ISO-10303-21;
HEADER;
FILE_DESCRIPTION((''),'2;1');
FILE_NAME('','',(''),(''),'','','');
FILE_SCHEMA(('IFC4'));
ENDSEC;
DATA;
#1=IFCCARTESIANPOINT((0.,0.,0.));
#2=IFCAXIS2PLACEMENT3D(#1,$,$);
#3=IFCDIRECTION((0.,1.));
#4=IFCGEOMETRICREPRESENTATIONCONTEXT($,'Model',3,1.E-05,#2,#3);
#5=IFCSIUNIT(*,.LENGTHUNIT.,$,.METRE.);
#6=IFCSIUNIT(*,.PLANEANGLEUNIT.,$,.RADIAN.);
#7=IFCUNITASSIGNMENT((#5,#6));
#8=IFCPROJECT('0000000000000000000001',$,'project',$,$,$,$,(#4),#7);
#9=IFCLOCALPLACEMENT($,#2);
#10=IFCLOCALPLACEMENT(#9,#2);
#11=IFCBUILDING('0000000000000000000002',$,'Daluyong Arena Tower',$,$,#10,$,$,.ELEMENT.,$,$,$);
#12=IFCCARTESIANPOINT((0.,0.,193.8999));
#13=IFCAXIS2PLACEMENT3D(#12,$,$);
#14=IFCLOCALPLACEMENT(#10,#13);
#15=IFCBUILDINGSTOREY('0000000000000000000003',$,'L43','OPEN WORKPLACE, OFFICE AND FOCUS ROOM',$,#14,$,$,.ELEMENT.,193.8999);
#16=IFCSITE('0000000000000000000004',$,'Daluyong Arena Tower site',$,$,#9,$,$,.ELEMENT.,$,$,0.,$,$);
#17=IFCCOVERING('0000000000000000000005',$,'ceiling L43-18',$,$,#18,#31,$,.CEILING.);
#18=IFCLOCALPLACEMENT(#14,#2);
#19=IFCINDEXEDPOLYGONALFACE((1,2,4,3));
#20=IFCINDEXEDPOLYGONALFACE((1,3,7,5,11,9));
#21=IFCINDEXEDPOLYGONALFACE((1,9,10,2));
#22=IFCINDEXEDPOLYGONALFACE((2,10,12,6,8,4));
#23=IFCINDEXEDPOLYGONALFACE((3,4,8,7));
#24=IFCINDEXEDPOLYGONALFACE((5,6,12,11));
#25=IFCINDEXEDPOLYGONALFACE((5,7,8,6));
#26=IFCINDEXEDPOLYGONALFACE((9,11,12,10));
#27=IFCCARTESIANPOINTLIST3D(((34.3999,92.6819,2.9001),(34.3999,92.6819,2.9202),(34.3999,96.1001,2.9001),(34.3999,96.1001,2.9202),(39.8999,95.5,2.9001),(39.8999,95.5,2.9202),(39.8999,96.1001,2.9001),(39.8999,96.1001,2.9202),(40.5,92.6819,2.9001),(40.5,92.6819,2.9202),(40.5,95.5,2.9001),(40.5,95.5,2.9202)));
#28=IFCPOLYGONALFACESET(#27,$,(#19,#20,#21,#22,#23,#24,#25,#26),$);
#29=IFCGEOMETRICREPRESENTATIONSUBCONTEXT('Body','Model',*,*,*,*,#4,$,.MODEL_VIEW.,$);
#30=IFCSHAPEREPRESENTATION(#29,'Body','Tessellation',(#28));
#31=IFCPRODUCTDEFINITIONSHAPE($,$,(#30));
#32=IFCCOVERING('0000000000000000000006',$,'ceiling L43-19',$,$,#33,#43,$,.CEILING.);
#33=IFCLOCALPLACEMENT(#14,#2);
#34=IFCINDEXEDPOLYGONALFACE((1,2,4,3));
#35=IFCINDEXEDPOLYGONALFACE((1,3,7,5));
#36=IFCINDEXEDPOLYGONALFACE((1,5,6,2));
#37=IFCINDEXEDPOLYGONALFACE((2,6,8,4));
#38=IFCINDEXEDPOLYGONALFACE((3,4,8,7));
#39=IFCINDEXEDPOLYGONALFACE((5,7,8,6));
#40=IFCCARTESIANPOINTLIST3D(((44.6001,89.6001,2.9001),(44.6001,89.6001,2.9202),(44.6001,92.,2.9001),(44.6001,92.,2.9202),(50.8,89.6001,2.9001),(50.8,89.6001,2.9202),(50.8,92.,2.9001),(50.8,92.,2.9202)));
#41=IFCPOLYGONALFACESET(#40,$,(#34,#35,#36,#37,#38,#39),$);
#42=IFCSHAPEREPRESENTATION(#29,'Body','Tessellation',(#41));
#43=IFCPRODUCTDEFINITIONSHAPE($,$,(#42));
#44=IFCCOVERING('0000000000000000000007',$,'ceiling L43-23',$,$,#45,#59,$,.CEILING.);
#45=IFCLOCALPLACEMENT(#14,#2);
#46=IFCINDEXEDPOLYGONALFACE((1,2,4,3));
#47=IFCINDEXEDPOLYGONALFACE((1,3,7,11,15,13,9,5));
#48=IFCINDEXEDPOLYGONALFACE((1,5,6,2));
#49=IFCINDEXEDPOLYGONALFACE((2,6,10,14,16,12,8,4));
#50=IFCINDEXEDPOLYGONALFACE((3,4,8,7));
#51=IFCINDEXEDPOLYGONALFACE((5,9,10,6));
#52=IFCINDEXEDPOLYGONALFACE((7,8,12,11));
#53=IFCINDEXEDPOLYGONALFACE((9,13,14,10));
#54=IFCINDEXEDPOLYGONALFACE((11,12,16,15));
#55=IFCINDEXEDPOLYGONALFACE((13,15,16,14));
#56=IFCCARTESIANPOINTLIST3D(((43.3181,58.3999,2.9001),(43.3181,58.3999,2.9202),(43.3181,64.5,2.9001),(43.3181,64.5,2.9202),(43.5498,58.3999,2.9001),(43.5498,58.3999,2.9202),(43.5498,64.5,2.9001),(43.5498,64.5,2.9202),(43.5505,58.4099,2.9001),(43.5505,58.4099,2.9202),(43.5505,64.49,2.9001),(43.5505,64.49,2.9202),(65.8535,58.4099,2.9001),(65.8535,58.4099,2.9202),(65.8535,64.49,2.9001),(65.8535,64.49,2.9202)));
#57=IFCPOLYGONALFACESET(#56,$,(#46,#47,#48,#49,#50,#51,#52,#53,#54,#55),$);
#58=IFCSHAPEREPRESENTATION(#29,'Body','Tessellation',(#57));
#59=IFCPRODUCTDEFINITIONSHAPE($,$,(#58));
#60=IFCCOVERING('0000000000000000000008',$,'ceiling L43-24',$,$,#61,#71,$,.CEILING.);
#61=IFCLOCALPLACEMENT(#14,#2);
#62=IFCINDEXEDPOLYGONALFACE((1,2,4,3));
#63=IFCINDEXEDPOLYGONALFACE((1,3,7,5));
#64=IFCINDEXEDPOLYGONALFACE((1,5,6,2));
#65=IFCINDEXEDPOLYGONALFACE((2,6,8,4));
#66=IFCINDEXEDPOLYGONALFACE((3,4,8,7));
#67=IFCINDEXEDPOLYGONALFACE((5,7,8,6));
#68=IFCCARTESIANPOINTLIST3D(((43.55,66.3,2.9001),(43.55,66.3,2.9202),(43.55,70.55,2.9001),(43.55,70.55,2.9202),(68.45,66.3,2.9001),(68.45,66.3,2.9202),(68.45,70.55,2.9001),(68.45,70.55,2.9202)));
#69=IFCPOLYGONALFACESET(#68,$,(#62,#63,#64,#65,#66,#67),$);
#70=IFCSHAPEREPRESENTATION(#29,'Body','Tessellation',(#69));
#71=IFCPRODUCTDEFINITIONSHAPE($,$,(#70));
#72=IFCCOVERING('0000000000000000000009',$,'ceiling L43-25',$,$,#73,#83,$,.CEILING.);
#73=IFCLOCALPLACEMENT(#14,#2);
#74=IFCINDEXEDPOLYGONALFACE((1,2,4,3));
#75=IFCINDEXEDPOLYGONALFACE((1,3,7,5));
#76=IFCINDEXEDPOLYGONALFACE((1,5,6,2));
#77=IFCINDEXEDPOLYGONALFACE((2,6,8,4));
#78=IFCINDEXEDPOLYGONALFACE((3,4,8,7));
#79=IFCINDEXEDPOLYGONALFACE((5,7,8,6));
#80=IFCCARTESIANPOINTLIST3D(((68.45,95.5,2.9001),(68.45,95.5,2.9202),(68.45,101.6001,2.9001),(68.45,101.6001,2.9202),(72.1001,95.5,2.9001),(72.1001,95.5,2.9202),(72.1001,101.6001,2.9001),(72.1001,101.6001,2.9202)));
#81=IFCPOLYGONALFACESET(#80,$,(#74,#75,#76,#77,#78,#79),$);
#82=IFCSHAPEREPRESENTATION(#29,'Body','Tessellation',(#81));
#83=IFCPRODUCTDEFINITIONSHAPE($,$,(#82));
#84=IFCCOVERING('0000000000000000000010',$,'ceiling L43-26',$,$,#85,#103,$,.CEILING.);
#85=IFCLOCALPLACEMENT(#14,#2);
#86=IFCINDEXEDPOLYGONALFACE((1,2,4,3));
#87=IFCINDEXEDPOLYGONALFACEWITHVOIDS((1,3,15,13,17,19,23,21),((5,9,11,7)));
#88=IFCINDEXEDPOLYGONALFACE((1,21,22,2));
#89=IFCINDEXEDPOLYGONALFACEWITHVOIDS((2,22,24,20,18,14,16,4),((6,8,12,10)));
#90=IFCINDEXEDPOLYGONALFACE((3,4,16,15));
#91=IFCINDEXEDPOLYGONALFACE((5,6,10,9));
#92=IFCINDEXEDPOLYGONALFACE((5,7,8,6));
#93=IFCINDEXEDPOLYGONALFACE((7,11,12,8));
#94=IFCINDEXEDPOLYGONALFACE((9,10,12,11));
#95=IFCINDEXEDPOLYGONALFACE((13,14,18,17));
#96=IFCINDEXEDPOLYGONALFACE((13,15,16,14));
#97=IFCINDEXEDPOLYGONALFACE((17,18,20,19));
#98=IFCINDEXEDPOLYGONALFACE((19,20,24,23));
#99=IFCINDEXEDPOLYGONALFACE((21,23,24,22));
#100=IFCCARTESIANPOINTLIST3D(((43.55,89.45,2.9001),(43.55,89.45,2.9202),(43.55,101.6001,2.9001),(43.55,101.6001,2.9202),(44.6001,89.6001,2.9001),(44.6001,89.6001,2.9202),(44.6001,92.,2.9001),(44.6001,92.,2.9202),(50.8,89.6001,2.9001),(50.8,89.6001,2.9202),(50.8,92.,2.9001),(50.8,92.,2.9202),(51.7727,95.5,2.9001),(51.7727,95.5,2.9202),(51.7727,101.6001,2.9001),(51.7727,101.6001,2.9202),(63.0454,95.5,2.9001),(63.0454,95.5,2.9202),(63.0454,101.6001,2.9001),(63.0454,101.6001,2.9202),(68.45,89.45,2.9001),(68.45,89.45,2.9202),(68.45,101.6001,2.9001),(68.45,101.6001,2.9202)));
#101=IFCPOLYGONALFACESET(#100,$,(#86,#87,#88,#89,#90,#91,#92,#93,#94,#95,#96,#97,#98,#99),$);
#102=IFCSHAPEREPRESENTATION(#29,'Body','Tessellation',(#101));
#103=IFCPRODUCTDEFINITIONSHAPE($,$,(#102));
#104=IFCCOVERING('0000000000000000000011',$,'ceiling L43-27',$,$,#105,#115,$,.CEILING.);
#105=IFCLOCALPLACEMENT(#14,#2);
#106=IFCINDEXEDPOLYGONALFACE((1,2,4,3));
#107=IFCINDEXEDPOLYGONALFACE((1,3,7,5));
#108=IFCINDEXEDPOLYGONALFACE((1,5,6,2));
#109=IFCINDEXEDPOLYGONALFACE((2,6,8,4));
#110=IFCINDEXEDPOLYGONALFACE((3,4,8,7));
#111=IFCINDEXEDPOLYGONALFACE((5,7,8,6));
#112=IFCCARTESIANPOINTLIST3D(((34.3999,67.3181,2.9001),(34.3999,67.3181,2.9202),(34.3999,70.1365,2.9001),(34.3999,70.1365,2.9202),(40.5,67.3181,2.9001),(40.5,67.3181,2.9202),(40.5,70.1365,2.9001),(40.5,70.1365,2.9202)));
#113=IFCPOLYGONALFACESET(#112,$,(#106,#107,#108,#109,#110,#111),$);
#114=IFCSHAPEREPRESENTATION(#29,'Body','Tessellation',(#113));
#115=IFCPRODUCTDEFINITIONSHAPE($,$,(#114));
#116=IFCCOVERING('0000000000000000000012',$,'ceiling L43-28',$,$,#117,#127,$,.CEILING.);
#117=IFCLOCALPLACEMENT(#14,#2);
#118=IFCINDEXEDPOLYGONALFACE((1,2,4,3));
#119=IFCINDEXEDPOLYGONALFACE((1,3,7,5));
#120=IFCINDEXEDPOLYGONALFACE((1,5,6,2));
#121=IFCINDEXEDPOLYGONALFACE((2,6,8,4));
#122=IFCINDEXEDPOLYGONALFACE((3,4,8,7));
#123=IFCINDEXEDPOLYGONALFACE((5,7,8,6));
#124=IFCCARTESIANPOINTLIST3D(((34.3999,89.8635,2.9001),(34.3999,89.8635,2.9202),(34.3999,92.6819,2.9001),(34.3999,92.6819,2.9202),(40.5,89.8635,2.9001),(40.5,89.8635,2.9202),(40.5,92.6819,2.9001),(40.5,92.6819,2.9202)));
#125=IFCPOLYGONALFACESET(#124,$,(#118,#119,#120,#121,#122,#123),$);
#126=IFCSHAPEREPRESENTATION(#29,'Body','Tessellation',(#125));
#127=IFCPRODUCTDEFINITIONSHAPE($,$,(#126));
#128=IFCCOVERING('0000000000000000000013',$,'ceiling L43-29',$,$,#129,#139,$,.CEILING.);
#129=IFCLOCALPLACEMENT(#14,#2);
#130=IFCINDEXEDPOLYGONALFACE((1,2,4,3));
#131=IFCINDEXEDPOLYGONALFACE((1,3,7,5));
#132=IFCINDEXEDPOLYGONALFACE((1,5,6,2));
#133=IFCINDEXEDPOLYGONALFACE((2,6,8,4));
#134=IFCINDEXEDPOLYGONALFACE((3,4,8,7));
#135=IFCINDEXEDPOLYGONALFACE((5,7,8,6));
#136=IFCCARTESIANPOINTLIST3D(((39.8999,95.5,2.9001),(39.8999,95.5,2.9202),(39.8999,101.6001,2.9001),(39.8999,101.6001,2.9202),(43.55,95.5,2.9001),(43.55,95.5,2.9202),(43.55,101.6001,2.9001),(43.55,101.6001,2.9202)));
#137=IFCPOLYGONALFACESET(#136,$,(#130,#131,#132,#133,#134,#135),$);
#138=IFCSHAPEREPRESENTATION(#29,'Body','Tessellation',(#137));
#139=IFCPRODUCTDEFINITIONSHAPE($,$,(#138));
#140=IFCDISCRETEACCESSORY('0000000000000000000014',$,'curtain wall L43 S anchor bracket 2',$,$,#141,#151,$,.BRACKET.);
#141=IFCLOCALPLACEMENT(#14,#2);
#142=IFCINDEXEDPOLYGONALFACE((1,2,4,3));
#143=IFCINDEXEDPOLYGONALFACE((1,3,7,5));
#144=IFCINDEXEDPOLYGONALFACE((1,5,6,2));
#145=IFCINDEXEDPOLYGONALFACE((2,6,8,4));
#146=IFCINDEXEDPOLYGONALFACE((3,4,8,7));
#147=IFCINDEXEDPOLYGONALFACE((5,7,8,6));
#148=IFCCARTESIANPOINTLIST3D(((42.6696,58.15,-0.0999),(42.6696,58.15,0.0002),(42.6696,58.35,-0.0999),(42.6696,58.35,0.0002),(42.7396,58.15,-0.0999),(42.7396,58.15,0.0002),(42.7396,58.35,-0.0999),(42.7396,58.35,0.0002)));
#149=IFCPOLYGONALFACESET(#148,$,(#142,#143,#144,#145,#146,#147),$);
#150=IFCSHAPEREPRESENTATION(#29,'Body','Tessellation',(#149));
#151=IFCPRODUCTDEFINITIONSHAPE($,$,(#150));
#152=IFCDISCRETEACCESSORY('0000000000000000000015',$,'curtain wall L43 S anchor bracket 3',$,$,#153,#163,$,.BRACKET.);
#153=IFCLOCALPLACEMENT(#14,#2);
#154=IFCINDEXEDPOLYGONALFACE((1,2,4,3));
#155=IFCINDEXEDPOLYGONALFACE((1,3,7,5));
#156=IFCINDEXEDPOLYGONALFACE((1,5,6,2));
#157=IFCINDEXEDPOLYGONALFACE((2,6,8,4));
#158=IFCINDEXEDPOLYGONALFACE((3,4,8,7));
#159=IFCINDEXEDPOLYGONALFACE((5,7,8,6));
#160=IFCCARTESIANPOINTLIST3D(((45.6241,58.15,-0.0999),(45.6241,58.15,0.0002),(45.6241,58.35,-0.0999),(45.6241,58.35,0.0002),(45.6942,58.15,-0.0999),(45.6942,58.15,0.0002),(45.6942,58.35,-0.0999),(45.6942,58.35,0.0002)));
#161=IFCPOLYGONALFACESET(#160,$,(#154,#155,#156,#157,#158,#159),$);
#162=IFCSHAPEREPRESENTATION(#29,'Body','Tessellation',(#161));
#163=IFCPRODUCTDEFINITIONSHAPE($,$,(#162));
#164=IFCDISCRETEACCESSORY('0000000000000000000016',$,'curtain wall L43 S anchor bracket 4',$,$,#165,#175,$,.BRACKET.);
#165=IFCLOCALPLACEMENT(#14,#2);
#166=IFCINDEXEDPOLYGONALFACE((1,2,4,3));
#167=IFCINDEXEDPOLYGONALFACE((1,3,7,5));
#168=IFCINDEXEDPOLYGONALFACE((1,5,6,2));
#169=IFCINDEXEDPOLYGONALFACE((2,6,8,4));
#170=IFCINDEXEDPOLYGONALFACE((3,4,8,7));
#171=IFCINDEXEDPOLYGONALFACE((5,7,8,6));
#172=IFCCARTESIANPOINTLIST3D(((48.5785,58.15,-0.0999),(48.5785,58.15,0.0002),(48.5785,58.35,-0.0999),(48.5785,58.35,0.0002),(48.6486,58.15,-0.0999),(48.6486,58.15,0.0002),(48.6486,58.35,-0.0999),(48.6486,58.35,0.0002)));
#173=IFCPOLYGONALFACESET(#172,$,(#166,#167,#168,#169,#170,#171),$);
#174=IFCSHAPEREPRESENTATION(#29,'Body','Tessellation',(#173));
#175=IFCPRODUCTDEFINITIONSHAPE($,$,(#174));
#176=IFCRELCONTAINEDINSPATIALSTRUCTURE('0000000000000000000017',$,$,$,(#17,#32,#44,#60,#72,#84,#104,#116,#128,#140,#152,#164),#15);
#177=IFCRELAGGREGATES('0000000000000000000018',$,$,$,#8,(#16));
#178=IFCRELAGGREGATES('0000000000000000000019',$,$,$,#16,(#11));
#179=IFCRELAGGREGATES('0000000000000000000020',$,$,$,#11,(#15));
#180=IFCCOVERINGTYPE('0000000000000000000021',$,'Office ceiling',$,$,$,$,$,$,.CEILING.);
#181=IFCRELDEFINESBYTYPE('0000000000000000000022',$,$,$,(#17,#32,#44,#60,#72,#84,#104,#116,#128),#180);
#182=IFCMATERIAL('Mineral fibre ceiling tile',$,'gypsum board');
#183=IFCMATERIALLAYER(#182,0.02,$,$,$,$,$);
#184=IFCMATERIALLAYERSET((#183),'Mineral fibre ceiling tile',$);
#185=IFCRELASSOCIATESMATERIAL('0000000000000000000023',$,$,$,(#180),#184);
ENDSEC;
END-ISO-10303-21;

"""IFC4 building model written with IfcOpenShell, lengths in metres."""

from ifc_helpers import new_model, si_unit, direction, frame, origin, origin_2d, place, context, subcontext, project, spatial, polyline, rectangle, outline, extrude, material, layer, layer_set, type_object, element, save


model = new_model("IFC4")

# Units and contexts
model_context = context("Model", 3, precision=1e-05, world=origin(), true_north=direction((0.0, 1.0)))
body_context = subcontext(model_context, "Body", "Model", "MODEL_VIEW")
ifc_project = project(units=[si_unit("LENGTHUNIT", "METRE"), si_unit("PLANEANGLEUNIT", "RADIAN")], contexts=[model_context])

# Site, building, storey
site_placement = place(None, origin())
site = spatial("IfcSite", under=ifc_project, at=site_placement, Name="Daluyong Arena Tower site", CompositionType="ELEMENT", RefElevation=0.0)
building_placement = place(site_placement, origin())
building = spatial("IfcBuilding", under=site, at=building_placement, Name="Daluyong Arena Tower", CompositionType="ELEMENT")
storey_placement = place(building_placement, frame((0.0, 0.0, 193.8999)))
storey = spatial("IfcBuildingStorey", under=building, at=storey_placement, Name="L43", Description="OPEN WORKPLACE, OFFICE AND FOCUS ROOM", CompositionType="ELEMENT", Elevation=193.8999)

# Coverings
ifc_material_1 = material(Name="Mineral fibre ceiling tile", Category="gypsum board")
ifc_layer_1 = layer(ifc_material_1, 0.02)
ifc_layer_set_1 = layer_set([ifc_layer_1], Name="Mineral fibre ceiling tile")
covering_type = type_object("IfcCoveringType", Name="Office ceiling", PredefinedType="CEILING", material=ifc_layer_set_1)
covering_1_placement = place(storey_placement, frame((0.0, 0.0, 2.9001)))
element("IfcCovering", 1, at=covering_1_placement, inside=storey, type_object=covering_type, Name="ceiling L43-18", PredefinedType="CEILING", context=body_context, shape_type="SweptSolid", body=[
    extrude(outline(polyline([(40.5, 92.6819), (40.5, 95.5), (39.8999, 95.5), (39.8999, 96.1001), (34.3999, 96.1001), (34.3999, 92.6819), (40.5, 92.6819)])), origin(), (0.0, 0.0, 1.0), 0.02),
])
covering_2_placement = place(storey_placement, frame((0.0, 0.0, 2.9001)))
element("IfcCovering", 2, at=covering_2_placement, inside=storey, type_object=covering_type, Name="ceiling L43-19", PredefinedType="CEILING", context=body_context, shape_type="SweptSolid", body=[
    extrude(outline(polyline([(44.6001, 89.6001), (50.8, 89.6001), (50.8, 92.0), (44.6001, 92.0), (44.6001, 89.6001)])), origin(), (0.0, 0.0, 1.0), 0.02),
])
covering_3_placement = place(storey_placement, frame((0.0, 0.0, 2.9001)))
element("IfcCovering", 3, at=covering_3_placement, inside=storey, type_object=covering_type, Name="ceiling L43-23", PredefinedType="CEILING", context=body_context, shape_type="SweptSolid", body=[
    extrude(outline(polyline([(43.3181, 58.3999), (43.5498, 58.3999), (43.5505, 58.4099), (65.8535, 58.4099), (65.8535, 64.49), (43.5505, 64.49), (43.5498, 64.5), (43.3181, 64.5), (43.3181, 58.3999)])), origin(), (0.0, 0.0, 1.0), 0.02),
])
covering_4_placement = place(storey_placement, frame((0.0, 0.0, 2.9001)))
element("IfcCovering", 4, at=covering_4_placement, inside=storey, type_object=covering_type, Name="ceiling L43-24", PredefinedType="CEILING", context=body_context, shape_type="SweptSolid", body=[
    extrude(outline(polyline([(68.45, 70.55), (43.55, 70.55), (43.55, 66.3), (68.45, 66.3), (68.45, 70.55)])), origin(), (0.0, 0.0, 1.0), 0.02),
])
covering_5_placement = place(storey_placement, frame((0.0, 0.0, 2.9001)))
element("IfcCovering", 5, at=covering_5_placement, inside=storey, type_object=covering_type, Name="ceiling L43-25", PredefinedType="CEILING", context=body_context, shape_type="SweptSolid", body=[
    extrude(outline(polyline([(72.1001, 101.6001), (68.45, 101.6001), (68.45, 95.5), (72.1001, 95.5), (72.1001, 101.6001)])), origin(), (0.0, 0.0, 1.0), 0.02),
])
covering_6_placement = place(storey_placement, frame((0.0, 0.0, 2.9001)))
element("IfcCovering", 6, at=covering_6_placement, inside=storey, type_object=covering_type, Name="ceiling L43-26", PredefinedType="CEILING", context=body_context, shape_type="SweptSolid", body=[
    extrude(outline(polyline([(51.7727, 101.6001), (43.55, 101.6001), (43.55, 89.45), (68.45, 89.45), (68.45, 101.6001), (63.0454, 101.6001), (63.0454, 95.5), (51.7727, 95.5), (51.7727, 101.6001)]), holes=[polyline([(50.8, 89.6001), (44.6001, 89.6001), (44.6001, 92.0), (50.8, 92.0), (50.8, 89.6001)])]), origin(), (0.0, 0.0, 1.0), 0.02),
])
covering_7_placement = place(storey_placement, frame((0.0, 0.0, 2.9001)))
element("IfcCovering", 7, at=covering_7_placement, inside=storey, type_object=covering_type, Name="ceiling L43-27", PredefinedType="CEILING", context=body_context, shape_type="SweptSolid", body=[
    extrude(outline(polyline([(34.3999, 70.1365), (34.3999, 67.3181), (40.5, 67.3181), (40.5, 70.1365), (34.3999, 70.1365)])), origin(), (0.0, 0.0, 1.0), 0.02),
])
covering_8_placement = place(storey_placement, frame((0.0, 0.0, 2.9001)))
element("IfcCovering", 8, at=covering_8_placement, inside=storey, type_object=covering_type, Name="ceiling L43-28", PredefinedType="CEILING", context=body_context, shape_type="SweptSolid", body=[
    extrude(outline(polyline([(40.5, 89.8635), (40.5, 92.6819), (34.3999, 92.6819), (34.3999, 89.8635), (40.5, 89.8635)])), origin(), (0.0, 0.0, 1.0), 0.02),
])
covering_9_placement = place(storey_placement, frame((0.0, 0.0, 2.9001)))
element("IfcCovering", 9, at=covering_9_placement, inside=storey, type_object=covering_type, Name="ceiling L43-29", PredefinedType="CEILING", context=body_context, shape_type="SweptSolid", body=[
    extrude(outline(polyline([(43.55, 101.6001), (39.8999, 101.6001), (39.8999, 95.5), (43.55, 95.5), (43.55, 101.6001)])), origin(), (0.0, 0.0, 1.0), 0.02),
])

# Discrete accessories
for number, where, z_axis, x_axis, name in (
    (10, (42.7046, 58.25, -0.0999), (0.0, 0.0, 1.0), (1.0, 0.0, 0.0), "curtain wall L43 S anchor bracket 2"),
    (11, (45.6592, 58.25, -0.0999), (0.0, 0.0, 1.0), (1.0, 0.0, 0.0), "curtain wall L43 S anchor bracket 3"),
    (12, (48.6135, 58.25, -0.0999), (0.0, 0.0, 1.0), (1.0, 0.0, 0.0), "curtain wall L43 S anchor bracket 4"),
):
    element("IfcDiscreteAccessory", number, at=place(storey_placement, frame(where, z_axis=z_axis, x_axis=x_axis)), inside=storey, Name=name, PredefinedType="BRACKET", context=body_context, shape_type="SweptSolid", body=[
        extrude(rectangle(XDim=0.0701, YDim=0.2, at=origin_2d()), origin(), (0.0, 0.0, 1.0), 0.1001),
    ])

save(model, "model.ifc")
